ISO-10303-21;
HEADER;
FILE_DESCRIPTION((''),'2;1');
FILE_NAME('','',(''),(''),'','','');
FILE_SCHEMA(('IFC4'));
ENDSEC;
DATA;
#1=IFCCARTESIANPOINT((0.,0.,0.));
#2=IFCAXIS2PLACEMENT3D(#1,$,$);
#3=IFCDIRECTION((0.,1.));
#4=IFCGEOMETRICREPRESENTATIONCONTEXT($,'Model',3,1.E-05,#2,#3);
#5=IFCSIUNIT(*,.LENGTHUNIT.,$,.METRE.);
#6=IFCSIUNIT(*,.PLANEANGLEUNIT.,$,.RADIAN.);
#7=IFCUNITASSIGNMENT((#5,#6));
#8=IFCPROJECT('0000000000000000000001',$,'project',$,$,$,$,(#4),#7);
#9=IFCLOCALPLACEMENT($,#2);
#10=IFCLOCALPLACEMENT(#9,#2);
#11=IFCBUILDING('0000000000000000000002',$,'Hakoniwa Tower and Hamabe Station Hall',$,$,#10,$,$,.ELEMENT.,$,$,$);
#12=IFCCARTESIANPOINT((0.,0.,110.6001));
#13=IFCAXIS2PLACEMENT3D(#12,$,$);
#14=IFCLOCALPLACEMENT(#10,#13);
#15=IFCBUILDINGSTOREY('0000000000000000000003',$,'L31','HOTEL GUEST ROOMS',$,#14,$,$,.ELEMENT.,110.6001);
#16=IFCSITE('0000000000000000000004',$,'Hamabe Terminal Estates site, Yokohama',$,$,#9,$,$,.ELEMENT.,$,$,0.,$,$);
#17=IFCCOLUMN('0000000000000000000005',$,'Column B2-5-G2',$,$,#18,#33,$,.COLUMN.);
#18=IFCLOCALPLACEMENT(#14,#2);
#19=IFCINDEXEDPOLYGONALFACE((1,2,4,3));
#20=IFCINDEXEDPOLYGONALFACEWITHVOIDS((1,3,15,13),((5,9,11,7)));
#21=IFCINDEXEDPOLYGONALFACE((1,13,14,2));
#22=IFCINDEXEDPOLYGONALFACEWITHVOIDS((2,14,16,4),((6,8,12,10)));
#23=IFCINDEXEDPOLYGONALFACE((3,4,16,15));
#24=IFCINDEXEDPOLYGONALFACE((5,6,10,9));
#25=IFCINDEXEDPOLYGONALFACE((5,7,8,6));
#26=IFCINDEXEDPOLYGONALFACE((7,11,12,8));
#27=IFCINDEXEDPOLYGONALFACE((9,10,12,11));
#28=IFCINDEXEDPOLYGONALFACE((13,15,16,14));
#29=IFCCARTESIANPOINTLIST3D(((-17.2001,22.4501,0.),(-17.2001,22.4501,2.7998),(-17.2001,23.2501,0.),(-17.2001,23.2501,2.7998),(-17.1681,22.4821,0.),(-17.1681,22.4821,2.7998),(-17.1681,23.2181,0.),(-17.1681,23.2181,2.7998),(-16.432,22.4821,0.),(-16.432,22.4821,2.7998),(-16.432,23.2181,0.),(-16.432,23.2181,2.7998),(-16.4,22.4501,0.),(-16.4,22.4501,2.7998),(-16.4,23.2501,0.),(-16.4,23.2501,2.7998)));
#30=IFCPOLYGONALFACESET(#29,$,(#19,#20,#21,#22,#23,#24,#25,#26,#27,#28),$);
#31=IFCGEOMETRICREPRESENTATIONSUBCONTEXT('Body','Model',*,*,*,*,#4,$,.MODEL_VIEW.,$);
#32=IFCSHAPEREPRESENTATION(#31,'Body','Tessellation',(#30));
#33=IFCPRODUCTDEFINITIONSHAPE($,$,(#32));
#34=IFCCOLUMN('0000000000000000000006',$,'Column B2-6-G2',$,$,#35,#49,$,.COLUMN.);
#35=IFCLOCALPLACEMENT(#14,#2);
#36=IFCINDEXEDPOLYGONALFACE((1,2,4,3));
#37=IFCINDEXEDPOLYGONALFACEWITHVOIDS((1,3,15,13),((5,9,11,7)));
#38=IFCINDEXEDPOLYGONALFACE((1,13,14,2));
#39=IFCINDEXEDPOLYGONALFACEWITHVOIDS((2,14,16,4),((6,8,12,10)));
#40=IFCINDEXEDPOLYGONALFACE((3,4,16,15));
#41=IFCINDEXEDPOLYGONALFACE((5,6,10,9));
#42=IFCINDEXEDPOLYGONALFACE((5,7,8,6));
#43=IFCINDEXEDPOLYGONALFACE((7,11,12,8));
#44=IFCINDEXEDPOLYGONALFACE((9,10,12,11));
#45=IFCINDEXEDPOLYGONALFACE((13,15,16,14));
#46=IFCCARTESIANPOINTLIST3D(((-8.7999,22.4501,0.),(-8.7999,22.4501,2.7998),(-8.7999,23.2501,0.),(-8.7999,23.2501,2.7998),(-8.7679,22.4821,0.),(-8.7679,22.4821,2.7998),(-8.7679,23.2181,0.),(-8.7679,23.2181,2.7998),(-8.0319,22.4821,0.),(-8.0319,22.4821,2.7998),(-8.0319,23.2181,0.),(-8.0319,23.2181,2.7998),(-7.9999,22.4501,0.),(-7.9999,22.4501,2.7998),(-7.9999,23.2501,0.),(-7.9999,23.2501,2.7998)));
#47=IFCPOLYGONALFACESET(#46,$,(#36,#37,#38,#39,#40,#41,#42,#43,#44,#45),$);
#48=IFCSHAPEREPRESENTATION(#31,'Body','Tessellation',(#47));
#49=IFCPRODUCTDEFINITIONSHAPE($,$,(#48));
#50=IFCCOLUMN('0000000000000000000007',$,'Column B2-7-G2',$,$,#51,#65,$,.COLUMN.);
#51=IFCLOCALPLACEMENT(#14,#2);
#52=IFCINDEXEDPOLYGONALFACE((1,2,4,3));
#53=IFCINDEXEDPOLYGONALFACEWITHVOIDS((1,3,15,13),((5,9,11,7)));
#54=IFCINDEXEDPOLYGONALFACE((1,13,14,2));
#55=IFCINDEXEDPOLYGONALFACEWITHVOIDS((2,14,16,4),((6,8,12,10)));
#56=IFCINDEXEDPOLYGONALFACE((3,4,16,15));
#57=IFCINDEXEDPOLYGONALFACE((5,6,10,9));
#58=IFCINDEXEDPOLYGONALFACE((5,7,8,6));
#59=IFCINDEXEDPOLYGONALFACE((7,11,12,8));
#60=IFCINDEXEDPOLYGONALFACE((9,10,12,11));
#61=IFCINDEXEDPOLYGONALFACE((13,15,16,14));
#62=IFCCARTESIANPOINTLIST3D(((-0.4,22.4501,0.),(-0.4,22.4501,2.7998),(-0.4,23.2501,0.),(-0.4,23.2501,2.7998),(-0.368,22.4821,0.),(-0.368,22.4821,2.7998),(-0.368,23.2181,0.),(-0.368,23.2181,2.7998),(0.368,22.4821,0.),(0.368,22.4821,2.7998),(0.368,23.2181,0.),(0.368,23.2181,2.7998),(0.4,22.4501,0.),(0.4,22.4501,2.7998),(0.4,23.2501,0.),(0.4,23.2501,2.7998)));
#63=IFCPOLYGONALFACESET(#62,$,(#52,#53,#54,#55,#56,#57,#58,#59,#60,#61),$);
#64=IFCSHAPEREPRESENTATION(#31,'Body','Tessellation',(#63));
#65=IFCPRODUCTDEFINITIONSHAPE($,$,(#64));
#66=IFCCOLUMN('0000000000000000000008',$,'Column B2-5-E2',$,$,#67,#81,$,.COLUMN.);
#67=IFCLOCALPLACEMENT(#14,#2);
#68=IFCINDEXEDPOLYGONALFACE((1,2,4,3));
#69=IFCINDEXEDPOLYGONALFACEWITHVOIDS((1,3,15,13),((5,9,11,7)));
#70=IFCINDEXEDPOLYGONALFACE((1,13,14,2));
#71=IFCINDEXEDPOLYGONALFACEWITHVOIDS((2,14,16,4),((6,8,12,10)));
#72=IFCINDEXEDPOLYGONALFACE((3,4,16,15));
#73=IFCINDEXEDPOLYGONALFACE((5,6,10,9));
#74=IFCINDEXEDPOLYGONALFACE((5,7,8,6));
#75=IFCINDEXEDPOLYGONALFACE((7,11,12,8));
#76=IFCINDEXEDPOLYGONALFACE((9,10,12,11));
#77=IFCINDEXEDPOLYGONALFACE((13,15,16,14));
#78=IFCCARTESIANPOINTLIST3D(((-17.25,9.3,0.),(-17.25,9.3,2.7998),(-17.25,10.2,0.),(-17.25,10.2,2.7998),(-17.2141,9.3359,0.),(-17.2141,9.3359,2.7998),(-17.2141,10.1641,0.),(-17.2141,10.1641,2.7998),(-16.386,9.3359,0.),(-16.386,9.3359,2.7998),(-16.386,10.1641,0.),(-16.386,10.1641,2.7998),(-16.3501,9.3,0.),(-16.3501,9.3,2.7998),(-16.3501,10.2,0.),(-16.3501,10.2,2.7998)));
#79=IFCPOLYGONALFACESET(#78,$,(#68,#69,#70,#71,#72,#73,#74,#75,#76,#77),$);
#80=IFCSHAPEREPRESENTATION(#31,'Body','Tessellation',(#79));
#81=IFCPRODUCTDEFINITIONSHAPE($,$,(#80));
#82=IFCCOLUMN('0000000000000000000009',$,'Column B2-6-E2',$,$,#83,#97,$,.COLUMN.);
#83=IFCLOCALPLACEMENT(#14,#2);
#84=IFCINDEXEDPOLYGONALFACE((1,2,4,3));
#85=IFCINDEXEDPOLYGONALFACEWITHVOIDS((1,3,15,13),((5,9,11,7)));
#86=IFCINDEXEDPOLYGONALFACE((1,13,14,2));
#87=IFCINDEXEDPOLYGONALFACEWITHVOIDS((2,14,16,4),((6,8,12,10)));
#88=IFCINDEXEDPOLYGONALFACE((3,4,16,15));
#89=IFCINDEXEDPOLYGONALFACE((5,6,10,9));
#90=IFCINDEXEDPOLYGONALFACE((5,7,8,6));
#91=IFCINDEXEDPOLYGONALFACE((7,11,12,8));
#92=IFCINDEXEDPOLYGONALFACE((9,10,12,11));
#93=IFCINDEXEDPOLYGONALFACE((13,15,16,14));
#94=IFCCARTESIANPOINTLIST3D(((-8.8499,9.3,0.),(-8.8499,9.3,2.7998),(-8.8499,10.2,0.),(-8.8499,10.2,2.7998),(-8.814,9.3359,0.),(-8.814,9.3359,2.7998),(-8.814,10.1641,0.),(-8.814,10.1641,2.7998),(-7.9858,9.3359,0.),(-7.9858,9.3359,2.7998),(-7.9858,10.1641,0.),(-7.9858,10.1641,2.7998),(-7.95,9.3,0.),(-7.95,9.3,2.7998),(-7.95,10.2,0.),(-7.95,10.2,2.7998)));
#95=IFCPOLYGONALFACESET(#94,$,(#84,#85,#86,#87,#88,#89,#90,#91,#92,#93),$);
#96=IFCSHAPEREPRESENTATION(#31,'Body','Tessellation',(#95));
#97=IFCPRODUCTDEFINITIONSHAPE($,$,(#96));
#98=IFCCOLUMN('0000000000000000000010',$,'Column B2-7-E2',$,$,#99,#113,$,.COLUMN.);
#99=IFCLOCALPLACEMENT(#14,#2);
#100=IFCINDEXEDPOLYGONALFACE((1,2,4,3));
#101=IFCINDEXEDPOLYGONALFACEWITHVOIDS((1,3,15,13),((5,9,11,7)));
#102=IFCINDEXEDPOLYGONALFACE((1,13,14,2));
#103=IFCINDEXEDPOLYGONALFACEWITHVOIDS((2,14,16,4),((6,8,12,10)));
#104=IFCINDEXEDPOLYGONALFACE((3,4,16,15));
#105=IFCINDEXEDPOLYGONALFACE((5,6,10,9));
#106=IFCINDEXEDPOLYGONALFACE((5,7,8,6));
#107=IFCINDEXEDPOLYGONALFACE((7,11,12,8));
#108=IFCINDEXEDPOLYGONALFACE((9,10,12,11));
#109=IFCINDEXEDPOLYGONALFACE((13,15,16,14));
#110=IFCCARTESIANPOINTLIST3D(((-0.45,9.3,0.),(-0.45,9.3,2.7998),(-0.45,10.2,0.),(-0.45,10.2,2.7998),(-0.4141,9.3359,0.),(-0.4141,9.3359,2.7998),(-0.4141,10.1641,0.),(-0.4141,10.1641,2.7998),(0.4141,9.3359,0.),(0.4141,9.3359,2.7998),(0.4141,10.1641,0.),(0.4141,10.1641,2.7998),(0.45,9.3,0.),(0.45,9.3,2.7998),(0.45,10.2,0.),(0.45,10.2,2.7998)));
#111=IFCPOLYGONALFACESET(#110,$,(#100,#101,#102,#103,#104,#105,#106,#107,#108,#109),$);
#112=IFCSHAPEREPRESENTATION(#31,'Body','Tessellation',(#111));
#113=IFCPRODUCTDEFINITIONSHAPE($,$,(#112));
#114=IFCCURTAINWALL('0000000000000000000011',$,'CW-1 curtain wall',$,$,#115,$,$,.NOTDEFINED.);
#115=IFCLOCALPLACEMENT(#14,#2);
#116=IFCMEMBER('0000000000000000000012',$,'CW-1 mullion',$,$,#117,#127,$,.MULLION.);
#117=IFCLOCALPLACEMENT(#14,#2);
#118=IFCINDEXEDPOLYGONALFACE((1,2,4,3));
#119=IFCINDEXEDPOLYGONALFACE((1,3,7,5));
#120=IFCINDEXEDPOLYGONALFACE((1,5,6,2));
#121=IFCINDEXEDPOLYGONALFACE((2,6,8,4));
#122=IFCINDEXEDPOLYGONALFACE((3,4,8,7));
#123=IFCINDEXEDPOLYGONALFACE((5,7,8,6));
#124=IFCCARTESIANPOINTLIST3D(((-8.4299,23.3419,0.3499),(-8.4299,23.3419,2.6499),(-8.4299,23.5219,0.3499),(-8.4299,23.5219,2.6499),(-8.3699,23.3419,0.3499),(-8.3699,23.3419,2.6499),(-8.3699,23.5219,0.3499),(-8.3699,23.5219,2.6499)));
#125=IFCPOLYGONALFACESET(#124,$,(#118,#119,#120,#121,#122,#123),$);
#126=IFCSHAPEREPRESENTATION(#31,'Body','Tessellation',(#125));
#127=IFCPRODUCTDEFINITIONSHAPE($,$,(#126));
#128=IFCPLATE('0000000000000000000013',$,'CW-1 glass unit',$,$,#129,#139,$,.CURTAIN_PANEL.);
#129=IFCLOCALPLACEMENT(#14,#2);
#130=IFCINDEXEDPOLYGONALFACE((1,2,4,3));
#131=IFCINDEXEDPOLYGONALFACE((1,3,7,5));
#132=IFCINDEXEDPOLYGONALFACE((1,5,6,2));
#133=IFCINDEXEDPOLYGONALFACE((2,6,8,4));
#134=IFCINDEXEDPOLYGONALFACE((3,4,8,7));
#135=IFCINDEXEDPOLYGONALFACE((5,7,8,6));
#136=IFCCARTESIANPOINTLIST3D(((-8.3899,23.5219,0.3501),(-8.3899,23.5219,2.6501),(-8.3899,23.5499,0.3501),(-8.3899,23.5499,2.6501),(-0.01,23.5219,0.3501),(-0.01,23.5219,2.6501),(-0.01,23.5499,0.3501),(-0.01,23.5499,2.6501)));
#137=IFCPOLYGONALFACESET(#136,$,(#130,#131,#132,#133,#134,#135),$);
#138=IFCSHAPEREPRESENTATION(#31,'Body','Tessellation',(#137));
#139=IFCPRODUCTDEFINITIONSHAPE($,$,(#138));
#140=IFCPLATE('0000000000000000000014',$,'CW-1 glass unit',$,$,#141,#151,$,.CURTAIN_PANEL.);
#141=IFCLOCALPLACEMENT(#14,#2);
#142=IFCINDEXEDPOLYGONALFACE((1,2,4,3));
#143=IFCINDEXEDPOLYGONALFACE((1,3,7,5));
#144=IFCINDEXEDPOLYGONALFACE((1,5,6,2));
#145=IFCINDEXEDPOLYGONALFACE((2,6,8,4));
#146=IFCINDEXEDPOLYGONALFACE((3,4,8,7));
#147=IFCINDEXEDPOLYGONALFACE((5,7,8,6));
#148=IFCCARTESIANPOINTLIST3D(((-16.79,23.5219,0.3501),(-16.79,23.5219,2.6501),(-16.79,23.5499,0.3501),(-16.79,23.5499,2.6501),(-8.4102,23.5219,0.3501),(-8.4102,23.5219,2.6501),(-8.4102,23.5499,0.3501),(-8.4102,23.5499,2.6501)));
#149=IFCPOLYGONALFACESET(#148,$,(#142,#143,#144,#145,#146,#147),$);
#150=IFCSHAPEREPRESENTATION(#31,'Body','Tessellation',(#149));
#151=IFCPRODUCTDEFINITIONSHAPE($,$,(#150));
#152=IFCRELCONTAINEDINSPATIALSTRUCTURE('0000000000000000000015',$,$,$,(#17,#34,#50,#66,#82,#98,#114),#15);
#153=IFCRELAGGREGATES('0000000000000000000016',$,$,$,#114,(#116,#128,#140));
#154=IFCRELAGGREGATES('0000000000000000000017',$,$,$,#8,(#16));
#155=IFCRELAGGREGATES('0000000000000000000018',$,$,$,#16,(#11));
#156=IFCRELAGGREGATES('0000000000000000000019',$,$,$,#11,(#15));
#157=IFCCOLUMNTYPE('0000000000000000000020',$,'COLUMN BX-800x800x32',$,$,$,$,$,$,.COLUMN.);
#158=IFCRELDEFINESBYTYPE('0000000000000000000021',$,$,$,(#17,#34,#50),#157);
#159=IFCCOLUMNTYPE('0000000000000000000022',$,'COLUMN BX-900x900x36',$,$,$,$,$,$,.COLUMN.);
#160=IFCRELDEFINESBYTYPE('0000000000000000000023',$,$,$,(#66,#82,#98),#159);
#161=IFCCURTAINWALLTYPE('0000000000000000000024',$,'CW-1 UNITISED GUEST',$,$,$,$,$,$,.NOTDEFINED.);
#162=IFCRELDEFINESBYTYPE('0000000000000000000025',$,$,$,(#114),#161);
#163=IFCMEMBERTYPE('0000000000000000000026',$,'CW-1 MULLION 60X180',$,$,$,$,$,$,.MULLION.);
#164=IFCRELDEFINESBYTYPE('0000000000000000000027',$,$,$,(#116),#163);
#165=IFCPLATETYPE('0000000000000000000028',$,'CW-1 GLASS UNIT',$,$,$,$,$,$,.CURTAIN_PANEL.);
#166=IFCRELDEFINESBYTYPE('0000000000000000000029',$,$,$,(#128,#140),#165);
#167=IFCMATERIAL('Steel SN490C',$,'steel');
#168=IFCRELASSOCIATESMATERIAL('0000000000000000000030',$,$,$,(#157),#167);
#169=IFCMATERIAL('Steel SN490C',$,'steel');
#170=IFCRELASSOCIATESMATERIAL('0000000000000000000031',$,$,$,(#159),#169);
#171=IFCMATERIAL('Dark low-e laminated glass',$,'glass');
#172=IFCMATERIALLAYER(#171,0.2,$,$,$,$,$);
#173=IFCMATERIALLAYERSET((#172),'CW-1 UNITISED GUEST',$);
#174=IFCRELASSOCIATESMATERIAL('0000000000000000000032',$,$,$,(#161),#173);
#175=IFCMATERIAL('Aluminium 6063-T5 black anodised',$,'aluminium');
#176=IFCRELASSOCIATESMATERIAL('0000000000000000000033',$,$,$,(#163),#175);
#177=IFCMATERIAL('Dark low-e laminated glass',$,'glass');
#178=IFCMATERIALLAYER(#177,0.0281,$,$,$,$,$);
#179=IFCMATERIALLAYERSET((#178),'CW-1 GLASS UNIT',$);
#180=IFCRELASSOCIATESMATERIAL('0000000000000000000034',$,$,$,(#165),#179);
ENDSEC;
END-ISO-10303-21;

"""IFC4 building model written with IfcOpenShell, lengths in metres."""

from ifc_helpers import new_model, si_unit, direction, frame, origin, origin_2d, place, context, subcontext, project, spatial, rectangle, hollow_rectangle, extrude, material, layer, layer_set, material_profile, profile_set, type_object, element, aggregate, save


model = new_model("IFC4")

# Units and contexts
model_context = context("Model", 3, precision=1e-05, world=origin(), true_north=direction((0.0, 1.0)))
body_context = subcontext(model_context, "Body", "Model", "MODEL_VIEW")
ifc_project = project(units=[si_unit("LENGTHUNIT", "METRE"), si_unit("PLANEANGLEUNIT", "RADIAN")], contexts=[model_context])

# Site, building, storey
site_placement = place(None, origin())
site = spatial("IfcSite", under=ifc_project, at=site_placement, Name="Hamabe Terminal Estates site, Yokohama", CompositionType="ELEMENT", RefElevation=0.0)
building_placement = place(site_placement, origin())
building = spatial("IfcBuilding", under=site, at=building_placement, Name="Hakoniwa Tower and Hamabe Station Hall", CompositionType="ELEMENT")
storey_placement = place(building_placement, frame((0.0, 0.0, 110.6001)))
storey = spatial("IfcBuildingStorey", under=building, at=storey_placement, Name="L31", Description="HOTEL GUEST ROOMS", CompositionType="ELEMENT", Elevation=110.6001)

# Columns
ifc_material_1 = material(Name="Steel SN490C", Category="steel")
ifc_material_profile_1 = material_profile(ifc_material_1, hollow_rectangle(XDim=0.8, YDim=0.8, WallThickness=0.032, at=origin_2d()), Name="BX-800x800x32")
ifc_profile_set_1 = profile_set([ifc_material_profile_1], Name="Steel SN490C")
column_type_1 = type_object("IfcColumnType", Name="COLUMN BX-800x800x32", PredefinedType="COLUMN", material=ifc_profile_set_1)
for number, where, z_axis, x_axis, name in (
    (1, (-16.8, 22.8501, 0.0), (0.0, 0.0, 1.0), (1.0, 0.0, 0.0), "Column B2-5-G2"),
    (2, (-8.3999, 22.8501, 0.0), (0.0, 0.0, 1.0), (1.0, 0.0, 0.0), "Column B2-6-G2"),
    (3, (0.0, 22.8501, 0.0), (0.0, 0.0, 1.0), (1.0, 0.0, 0.0), "Column B2-7-G2"),
):
    element("IfcColumn", number, at=place(storey_placement, frame(where, z_axis=z_axis, x_axis=x_axis)), inside=storey, type_object=column_type_1, Name=name, PredefinedType="COLUMN", context=body_context, shape_type="SweptSolid", body=[
        extrude(hollow_rectangle(XDim=0.8, YDim=0.8, WallThickness=0.032, at=origin_2d()), origin(), (0.0, 0.0, 1.0), 2.7998),
    ])
ifc_material_2 = material(Name="Steel SN490C", Category="steel")
ifc_material_profile_2 = material_profile(ifc_material_2, hollow_rectangle(XDim=0.8999, YDim=0.8999, WallThickness=0.0359, at=origin_2d()), Name="BX-900x900x36")
ifc_profile_set_2 = profile_set([ifc_material_profile_2], Name="Steel SN490C")
column_type_2 = type_object("IfcColumnType", Name="COLUMN BX-900x900x36", PredefinedType="COLUMN", material=ifc_profile_set_2)
for number, where, z_axis, x_axis, name in (
    (4, (-16.8, 9.75, 0.0), (0.0, 0.0, 1.0), (1.0, 0.0, 0.0), "Column B2-5-E2"),
    (5, (-8.3999, 9.75, 0.0), (0.0, 0.0, 1.0), (1.0, 0.0, 0.0), "Column B2-6-E2"),
    (6, (0.0, 9.75, 0.0), (0.0, 0.0, 1.0), (1.0, 0.0, 0.0), "Column B2-7-E2"),
):
    element("IfcColumn", number, at=place(storey_placement, frame(where, z_axis=z_axis, x_axis=x_axis)), inside=storey, type_object=column_type_2, Name=name, PredefinedType="COLUMN", context=body_context, shape_type="SweptSolid", body=[
        extrude(hollow_rectangle(XDim=0.8999, YDim=0.8999, WallThickness=0.0359, at=origin_2d()), origin(), (0.0, 0.0, 1.0), 2.7998),
    ])

# Curtain wall, member, plates
ifc_material_3 = material(Name="Dark low-e laminated glass", Category="glass")
ifc_layer_1 = layer(ifc_material_3, 0.2)
ifc_layer_set_1 = layer_set([ifc_layer_1], Name="CW-1 UNITISED GUEST")
curtain_wall_type = type_object("IfcCurtainWallType", Name="CW-1 UNITISED GUEST", PredefinedType="NOTDEFINED", material=ifc_layer_set_1)
curtain_wall_placement = place(storey_placement, origin())
curtain_wall = element("IfcCurtainWall", 7, at=curtain_wall_placement, inside=storey, type_object=curtain_wall_type, Name="CW-1 curtain wall", PredefinedType="NOTDEFINED")
ifc_material_4 = material(Name="Aluminium 6063-T5 black anodised", Category="aluminium")
ifc_material_profile_3 = material_profile(ifc_material_4, rectangle(XDim=0.0601, YDim=0.1799, at=origin_2d()), Name="CW-1 MULLION 60X180")
ifc_profile_set_3 = profile_set([ifc_material_profile_3], Name="Aluminium 6063-T5 black anodised")
member_type = type_object("IfcMemberType", Name="CW-1 MULLION 60X180", PredefinedType="MULLION", material=ifc_profile_set_3)
member_placement = place(storey_placement, frame((-8.3999, 23.4319, 0.3499), z_axis=(0.0, 0.0, 1.0), x_axis=(-1.0, 0.0, 0.0)))
member = element("IfcMember", 8, at=member_placement, type_object=member_type, Name="CW-1 mullion", PredefinedType="MULLION", context=body_context, shape_type="SweptSolid", body=[
    extrude(rectangle(XDim=0.0601, YDim=0.1799, at=origin_2d()), origin(), (0.0, 0.0, 1.0), 2.3),
])
ifc_material_5 = material(Name="Dark low-e laminated glass", Category="glass")
ifc_layer_2 = layer(ifc_material_5, 0.0281)
ifc_layer_set_2 = layer_set([ifc_layer_2], Name="CW-1 GLASS UNIT")
plate_type = type_object("IfcPlateType", Name="CW-1 GLASS UNIT", PredefinedType="CURTAIN_PANEL", material=ifc_layer_set_2)
plate_1_placement = place(storey_placement, frame((-4.2, 23.5359, 0.3501), z_axis=(0.0, 0.0, 1.0), x_axis=(-1.0, 0.0, 0.0)))
plate_1 = element("IfcPlate", 9, at=plate_1_placement, type_object=plate_type, Name="CW-1 glass unit", PredefinedType="CURTAIN_PANEL", context=body_context, shape_type="SweptSolid", body=[
    extrude(rectangle(XDim=8.3799, YDim=0.0281, at=origin_2d()), origin(), (0.0, 0.0, 1.0), 2.3),
])
plate_2_placement = place(storey_placement, frame((-12.6001, 23.5359, 0.3501), z_axis=(0.0, 0.0, 1.0), x_axis=(-1.0, 0.0, 0.0)))
plate_2 = element("IfcPlate", 10, at=plate_2_placement, type_object=plate_type, Name="CW-1 glass unit", PredefinedType="CURTAIN_PANEL", context=body_context, shape_type="SweptSolid", body=[
    extrude(rectangle(XDim=8.3799, YDim=0.0281, at=origin_2d()), origin(), (0.0, 0.0, 1.0), 2.3),
])
aggregate(curtain_wall, [member, plate_1, plate_2])

save(model, "model.ifc")
